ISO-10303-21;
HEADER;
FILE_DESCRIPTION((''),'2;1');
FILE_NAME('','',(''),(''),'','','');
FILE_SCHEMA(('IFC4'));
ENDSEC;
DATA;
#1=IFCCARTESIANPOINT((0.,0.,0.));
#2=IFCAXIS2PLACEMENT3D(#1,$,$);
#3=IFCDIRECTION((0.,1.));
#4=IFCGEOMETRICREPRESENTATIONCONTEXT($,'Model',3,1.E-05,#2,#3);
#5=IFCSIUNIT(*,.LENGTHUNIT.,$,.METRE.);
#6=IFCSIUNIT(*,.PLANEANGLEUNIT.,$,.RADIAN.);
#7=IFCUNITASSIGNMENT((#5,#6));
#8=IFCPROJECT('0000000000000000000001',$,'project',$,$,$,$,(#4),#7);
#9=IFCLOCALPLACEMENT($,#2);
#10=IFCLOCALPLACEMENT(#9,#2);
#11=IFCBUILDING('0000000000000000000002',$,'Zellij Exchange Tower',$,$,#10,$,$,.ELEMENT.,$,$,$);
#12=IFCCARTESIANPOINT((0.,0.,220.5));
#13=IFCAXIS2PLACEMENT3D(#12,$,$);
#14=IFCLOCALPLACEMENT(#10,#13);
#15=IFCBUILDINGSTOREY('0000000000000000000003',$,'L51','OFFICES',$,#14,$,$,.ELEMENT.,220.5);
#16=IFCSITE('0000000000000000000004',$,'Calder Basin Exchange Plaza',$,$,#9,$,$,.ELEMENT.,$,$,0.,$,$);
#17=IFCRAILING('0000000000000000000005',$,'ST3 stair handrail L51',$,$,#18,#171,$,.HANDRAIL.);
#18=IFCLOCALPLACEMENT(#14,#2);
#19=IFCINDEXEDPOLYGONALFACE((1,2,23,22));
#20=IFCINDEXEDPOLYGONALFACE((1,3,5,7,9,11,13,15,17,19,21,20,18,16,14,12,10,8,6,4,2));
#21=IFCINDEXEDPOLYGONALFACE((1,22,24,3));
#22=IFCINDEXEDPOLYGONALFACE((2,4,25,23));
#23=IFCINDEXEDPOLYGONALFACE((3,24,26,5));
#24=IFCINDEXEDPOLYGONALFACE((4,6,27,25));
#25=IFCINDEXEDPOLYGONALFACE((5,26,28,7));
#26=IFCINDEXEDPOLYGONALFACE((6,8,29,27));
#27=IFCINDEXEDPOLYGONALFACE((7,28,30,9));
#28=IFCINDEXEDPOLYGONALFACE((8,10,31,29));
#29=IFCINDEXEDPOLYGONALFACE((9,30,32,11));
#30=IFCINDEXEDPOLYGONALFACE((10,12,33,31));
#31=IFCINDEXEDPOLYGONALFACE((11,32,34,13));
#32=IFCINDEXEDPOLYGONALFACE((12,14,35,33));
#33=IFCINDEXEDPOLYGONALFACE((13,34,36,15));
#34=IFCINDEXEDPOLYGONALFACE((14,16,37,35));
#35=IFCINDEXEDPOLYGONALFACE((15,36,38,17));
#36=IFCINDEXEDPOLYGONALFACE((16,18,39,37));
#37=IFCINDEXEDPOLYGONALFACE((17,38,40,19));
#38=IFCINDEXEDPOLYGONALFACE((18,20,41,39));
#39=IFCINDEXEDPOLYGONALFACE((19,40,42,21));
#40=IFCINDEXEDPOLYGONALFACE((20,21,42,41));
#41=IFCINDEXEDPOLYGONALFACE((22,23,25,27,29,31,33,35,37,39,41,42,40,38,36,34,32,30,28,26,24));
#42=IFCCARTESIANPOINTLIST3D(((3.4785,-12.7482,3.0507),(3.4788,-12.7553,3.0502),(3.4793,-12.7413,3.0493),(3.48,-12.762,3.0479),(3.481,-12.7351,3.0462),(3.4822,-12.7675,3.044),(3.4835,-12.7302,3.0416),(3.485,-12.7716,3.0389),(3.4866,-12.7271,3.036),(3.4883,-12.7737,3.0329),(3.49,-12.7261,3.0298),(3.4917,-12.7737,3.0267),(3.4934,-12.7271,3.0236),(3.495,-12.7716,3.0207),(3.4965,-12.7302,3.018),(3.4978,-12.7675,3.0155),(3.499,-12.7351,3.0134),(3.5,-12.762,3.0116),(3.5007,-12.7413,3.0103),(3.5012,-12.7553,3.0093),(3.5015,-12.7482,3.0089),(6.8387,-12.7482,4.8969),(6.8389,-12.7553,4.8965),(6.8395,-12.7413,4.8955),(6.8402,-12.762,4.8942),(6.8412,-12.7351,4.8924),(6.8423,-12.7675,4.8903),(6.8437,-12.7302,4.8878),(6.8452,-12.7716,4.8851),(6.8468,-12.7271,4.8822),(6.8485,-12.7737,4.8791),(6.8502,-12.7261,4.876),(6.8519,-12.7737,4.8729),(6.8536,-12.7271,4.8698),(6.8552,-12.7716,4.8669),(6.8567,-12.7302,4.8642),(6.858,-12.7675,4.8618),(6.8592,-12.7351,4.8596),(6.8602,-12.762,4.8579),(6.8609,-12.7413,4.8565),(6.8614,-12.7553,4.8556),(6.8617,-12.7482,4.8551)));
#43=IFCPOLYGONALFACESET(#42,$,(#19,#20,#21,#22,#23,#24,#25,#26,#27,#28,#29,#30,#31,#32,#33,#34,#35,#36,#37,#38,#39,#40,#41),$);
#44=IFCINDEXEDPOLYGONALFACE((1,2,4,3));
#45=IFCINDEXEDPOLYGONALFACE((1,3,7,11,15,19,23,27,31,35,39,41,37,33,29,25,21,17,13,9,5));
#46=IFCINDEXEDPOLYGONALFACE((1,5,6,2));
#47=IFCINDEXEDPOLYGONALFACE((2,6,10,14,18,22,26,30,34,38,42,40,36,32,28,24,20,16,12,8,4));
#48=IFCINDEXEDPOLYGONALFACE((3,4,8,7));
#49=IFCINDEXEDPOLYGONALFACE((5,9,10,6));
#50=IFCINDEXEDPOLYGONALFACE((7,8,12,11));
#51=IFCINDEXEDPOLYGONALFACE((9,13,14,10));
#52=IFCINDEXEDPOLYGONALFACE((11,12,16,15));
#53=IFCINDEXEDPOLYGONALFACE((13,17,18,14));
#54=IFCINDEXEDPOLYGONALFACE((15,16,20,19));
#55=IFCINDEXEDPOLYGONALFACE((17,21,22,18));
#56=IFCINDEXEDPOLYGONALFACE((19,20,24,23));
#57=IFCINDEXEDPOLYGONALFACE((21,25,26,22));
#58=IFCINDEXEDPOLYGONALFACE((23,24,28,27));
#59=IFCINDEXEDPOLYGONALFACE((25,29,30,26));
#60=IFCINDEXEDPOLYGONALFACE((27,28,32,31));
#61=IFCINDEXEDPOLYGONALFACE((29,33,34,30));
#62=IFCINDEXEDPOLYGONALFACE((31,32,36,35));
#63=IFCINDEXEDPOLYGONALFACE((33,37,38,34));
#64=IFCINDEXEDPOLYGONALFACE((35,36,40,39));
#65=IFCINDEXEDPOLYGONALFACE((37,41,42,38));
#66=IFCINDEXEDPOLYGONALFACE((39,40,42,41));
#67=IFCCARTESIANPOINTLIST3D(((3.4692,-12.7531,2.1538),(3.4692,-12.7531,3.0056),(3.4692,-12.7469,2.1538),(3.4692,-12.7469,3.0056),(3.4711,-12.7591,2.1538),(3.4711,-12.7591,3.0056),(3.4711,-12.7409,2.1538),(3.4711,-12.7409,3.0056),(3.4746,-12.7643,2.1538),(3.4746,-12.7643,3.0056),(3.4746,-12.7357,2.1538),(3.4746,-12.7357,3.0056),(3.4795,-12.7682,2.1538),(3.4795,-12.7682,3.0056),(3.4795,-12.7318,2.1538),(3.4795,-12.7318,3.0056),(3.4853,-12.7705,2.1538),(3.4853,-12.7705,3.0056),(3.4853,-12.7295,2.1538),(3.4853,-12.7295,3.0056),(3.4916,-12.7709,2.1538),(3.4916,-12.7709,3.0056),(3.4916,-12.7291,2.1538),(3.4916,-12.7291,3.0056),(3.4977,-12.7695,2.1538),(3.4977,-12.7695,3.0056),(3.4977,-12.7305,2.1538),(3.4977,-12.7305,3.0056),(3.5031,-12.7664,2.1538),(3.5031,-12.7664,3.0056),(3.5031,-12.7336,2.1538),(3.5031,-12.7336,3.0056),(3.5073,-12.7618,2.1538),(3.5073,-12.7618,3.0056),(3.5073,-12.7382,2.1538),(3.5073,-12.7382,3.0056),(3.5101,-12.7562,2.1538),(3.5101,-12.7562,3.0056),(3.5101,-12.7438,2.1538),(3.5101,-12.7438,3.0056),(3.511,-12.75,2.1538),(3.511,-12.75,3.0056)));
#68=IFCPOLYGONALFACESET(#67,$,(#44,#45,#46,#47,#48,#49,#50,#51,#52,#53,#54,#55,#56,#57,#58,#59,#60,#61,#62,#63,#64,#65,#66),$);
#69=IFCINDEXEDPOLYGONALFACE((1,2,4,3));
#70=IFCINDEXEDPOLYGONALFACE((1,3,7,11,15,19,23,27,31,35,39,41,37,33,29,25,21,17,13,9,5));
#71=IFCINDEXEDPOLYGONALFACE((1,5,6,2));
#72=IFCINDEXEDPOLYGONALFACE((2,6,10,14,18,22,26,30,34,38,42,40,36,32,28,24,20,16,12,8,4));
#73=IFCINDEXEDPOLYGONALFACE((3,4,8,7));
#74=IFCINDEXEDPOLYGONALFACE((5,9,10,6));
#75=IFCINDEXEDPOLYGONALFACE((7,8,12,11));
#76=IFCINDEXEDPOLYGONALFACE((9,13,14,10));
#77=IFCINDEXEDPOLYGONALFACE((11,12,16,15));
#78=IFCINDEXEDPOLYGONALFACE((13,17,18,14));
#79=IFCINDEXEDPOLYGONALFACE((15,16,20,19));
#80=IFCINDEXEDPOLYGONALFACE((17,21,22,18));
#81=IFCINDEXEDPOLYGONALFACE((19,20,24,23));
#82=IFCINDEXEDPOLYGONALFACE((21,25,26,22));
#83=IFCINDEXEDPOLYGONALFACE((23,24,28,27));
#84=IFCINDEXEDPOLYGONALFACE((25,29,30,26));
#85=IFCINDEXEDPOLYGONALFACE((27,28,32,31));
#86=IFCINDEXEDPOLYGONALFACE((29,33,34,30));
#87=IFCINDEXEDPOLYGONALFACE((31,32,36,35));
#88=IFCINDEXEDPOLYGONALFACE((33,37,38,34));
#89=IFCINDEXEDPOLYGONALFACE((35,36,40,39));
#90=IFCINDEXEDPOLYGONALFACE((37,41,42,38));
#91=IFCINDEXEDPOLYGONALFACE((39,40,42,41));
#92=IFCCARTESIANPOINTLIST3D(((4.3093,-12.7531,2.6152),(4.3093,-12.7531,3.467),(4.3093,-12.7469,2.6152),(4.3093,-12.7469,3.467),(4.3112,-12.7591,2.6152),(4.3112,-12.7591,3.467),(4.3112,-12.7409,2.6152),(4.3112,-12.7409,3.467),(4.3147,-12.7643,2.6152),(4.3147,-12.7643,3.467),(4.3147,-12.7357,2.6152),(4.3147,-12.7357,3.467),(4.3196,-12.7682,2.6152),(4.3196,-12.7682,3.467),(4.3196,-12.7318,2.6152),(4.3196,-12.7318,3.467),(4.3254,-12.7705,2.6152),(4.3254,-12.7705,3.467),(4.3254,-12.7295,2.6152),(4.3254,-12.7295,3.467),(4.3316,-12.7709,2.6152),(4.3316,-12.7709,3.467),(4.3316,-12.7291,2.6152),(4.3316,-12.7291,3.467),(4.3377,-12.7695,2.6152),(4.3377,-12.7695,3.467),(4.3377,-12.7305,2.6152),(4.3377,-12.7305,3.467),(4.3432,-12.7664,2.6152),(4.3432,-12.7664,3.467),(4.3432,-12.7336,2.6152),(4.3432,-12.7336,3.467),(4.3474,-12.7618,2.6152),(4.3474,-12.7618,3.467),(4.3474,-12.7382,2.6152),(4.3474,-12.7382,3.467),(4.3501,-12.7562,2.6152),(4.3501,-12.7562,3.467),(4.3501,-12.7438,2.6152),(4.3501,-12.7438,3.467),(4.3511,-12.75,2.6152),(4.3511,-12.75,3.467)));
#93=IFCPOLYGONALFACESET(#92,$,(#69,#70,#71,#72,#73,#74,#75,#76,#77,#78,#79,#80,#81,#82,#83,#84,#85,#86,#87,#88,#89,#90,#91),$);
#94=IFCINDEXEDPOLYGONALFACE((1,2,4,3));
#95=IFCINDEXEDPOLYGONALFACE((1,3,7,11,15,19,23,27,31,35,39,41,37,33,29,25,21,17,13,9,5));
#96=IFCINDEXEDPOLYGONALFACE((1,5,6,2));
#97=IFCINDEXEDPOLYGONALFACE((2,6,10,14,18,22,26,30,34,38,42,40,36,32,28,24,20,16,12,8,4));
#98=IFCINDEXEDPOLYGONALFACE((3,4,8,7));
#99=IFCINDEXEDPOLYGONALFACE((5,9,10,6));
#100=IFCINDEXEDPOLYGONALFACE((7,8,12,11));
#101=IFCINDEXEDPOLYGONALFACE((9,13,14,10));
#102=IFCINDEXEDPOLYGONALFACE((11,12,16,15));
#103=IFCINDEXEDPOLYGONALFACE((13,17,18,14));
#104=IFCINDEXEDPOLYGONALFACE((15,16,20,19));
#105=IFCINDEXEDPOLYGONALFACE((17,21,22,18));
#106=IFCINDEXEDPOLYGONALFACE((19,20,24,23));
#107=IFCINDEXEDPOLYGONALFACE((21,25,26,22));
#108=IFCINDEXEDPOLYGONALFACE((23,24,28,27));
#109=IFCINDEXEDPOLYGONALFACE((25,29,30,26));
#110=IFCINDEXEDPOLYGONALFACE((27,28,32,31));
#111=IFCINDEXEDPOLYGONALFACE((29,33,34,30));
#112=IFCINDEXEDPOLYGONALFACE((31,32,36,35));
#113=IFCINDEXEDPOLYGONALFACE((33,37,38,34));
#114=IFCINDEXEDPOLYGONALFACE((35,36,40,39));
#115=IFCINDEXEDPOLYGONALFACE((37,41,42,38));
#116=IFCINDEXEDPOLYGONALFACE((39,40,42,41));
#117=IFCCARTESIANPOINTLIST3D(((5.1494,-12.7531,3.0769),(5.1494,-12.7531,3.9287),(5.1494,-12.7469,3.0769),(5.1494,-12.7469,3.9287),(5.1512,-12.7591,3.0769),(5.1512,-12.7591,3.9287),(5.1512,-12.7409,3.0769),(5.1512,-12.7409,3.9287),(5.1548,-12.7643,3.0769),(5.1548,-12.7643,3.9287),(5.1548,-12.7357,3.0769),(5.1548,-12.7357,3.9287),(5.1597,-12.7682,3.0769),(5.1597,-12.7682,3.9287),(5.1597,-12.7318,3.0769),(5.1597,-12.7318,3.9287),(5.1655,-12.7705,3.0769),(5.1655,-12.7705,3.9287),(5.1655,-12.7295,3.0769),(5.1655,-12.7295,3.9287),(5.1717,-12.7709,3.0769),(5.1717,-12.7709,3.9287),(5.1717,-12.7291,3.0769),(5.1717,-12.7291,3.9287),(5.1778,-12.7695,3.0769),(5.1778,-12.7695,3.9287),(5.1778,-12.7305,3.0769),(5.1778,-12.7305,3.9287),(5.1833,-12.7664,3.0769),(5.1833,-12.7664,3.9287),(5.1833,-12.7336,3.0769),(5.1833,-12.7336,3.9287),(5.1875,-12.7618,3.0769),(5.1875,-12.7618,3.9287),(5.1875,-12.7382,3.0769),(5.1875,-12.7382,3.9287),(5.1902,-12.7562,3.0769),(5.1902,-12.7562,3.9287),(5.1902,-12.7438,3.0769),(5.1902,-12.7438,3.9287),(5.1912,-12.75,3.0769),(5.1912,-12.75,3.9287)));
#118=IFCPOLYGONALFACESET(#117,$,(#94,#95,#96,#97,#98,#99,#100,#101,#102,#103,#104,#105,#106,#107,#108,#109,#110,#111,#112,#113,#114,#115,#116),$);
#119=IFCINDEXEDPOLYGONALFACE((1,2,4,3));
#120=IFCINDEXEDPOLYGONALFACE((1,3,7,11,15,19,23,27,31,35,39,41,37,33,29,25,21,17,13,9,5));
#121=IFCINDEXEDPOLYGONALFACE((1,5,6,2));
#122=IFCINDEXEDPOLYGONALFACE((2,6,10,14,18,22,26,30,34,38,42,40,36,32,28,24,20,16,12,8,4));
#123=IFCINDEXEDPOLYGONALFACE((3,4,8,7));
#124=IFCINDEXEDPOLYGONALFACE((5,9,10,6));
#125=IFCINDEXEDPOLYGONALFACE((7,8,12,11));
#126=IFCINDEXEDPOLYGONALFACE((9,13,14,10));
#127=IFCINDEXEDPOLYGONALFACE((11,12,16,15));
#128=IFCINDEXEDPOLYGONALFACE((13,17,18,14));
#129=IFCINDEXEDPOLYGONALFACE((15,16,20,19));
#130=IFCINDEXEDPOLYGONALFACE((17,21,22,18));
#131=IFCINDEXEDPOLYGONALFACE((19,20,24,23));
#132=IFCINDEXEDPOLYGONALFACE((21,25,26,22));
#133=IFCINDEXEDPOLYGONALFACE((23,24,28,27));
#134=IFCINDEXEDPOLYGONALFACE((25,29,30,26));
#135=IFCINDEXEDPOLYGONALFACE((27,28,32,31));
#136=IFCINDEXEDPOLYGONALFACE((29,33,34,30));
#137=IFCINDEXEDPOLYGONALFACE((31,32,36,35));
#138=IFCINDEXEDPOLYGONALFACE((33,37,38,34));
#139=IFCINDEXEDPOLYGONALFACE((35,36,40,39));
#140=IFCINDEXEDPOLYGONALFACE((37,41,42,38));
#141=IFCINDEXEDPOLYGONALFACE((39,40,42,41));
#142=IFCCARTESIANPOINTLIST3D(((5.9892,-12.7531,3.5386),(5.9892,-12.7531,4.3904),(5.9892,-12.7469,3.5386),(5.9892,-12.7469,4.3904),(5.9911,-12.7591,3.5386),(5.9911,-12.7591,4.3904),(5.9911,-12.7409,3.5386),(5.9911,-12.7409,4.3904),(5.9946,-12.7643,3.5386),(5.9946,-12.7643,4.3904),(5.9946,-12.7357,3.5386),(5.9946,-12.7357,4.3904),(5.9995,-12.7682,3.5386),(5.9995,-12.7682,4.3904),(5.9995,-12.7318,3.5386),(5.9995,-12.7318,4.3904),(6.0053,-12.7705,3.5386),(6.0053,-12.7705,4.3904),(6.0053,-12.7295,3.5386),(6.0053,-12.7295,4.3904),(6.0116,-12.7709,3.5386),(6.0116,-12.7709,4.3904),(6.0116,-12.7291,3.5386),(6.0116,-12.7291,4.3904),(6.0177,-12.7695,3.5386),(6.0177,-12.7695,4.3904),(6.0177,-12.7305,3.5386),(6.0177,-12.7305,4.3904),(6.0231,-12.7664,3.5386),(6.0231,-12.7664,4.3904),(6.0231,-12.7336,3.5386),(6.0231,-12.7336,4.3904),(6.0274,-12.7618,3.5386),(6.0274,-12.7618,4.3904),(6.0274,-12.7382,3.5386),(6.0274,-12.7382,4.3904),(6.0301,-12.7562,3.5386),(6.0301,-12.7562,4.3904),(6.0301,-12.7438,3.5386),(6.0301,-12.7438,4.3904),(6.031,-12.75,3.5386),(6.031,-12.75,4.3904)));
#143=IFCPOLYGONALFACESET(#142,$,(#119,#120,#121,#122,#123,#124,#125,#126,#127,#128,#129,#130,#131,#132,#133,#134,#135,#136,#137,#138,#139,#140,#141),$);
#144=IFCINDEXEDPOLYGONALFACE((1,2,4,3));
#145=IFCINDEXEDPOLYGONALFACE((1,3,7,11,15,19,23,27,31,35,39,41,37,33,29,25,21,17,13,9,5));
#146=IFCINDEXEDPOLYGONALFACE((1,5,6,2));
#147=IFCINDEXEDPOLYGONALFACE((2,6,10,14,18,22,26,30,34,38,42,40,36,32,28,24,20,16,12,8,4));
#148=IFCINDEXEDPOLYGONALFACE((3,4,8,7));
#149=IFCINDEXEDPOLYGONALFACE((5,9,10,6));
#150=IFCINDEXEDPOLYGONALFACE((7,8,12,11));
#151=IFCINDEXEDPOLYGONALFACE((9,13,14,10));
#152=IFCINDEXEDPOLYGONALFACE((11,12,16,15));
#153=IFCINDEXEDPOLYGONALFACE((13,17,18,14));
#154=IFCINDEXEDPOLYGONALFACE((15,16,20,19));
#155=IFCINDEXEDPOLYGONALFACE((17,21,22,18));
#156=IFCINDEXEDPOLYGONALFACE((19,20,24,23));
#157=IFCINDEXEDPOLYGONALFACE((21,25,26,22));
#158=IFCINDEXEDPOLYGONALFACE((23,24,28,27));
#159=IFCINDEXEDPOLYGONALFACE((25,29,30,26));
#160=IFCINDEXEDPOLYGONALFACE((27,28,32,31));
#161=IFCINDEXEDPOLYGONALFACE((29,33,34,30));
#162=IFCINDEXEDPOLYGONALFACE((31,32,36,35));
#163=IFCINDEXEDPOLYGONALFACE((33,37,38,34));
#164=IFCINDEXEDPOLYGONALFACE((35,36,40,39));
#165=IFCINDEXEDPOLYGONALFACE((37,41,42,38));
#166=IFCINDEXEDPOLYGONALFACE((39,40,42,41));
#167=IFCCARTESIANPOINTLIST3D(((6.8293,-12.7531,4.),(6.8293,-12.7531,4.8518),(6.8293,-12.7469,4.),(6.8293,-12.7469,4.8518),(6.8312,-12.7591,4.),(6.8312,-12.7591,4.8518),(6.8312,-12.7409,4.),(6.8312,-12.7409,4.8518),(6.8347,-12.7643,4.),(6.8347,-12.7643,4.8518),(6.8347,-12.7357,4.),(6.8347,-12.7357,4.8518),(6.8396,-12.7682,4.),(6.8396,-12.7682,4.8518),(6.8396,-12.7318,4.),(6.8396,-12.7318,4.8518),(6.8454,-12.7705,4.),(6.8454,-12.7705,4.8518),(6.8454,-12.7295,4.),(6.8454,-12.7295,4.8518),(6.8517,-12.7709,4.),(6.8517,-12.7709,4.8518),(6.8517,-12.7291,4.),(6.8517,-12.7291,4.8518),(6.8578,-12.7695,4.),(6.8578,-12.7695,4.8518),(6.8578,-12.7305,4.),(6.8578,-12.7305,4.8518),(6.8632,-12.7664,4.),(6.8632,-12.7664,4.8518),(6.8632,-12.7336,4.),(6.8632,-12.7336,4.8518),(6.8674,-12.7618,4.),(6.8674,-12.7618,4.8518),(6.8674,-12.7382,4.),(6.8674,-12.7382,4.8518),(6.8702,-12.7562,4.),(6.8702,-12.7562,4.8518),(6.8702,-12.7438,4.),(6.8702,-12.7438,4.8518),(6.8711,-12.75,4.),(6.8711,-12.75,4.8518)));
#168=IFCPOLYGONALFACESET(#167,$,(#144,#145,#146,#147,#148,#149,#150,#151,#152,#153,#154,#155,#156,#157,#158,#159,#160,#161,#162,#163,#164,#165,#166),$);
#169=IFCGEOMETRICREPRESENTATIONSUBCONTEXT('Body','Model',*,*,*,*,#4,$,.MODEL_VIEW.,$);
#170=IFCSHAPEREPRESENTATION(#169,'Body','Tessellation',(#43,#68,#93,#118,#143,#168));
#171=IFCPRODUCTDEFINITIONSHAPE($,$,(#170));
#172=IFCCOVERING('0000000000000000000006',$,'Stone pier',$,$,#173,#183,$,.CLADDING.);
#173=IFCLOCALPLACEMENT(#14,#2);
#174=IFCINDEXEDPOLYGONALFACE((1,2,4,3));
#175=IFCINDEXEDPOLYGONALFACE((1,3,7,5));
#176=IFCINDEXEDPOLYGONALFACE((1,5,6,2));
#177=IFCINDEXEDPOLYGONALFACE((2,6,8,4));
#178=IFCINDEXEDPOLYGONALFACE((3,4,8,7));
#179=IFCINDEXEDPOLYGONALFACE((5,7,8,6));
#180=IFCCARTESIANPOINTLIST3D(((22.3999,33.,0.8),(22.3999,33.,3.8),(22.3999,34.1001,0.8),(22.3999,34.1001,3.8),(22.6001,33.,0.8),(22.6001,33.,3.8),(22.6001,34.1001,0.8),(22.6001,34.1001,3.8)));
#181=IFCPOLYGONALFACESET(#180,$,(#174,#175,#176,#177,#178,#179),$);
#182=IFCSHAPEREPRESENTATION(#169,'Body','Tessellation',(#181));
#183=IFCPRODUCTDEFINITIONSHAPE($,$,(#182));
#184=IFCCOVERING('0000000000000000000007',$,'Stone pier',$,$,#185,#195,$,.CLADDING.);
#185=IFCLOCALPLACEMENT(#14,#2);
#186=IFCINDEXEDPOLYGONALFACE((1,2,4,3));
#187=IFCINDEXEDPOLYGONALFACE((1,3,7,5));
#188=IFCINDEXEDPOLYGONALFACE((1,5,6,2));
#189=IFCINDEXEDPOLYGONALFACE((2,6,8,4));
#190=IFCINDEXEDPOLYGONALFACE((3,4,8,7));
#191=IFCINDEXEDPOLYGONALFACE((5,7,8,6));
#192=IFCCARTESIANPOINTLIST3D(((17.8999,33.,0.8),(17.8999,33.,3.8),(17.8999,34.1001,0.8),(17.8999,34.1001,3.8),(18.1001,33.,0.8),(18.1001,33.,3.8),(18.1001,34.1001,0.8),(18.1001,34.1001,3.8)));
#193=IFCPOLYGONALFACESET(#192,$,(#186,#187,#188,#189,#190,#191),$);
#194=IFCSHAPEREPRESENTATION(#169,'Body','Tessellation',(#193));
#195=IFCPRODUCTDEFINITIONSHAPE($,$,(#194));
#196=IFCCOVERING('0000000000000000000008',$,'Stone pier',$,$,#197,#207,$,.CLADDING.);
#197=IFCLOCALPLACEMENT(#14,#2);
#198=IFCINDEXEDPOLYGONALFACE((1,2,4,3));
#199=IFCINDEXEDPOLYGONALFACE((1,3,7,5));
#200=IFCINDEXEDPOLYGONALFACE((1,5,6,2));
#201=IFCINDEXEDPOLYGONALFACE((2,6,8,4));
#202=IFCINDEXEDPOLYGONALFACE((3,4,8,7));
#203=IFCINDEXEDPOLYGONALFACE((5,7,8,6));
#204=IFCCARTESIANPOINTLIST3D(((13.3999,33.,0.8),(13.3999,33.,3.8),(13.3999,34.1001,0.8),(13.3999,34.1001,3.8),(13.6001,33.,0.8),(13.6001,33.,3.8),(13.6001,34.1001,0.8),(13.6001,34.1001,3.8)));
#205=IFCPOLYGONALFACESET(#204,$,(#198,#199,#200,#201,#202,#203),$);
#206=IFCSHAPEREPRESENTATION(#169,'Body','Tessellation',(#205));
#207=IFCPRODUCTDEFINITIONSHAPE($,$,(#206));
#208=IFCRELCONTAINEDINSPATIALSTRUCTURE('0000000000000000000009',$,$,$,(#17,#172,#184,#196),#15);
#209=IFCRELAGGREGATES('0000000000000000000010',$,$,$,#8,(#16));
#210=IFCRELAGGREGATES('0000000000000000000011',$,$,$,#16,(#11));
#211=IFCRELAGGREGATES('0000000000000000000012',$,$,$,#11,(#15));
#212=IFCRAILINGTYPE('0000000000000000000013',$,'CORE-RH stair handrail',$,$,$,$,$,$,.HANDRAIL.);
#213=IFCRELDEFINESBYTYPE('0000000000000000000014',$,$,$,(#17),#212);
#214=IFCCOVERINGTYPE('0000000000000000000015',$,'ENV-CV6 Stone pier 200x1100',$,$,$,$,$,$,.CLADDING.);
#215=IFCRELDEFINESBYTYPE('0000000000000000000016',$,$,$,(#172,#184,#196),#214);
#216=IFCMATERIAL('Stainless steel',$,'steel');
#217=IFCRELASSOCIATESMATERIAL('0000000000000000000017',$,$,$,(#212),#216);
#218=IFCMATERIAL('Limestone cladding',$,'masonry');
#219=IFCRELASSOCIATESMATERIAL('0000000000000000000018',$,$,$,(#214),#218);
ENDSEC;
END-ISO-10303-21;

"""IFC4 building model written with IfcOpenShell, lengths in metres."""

from ifc_helpers import new_model, si_unit, direction, frame, origin, origin_2d, place, context, subcontext, project, spatial, polyline, circle, outline, extrude, material, type_object, element, save


model = new_model("IFC4")

# Units and contexts
model_context = context("Model", 3, precision=1e-05, world=origin(), true_north=direction((0.0, 1.0)))
body_context = subcontext(model_context, "Body", "Model", "MODEL_VIEW")
ifc_project = project(units=[si_unit("LENGTHUNIT", "METRE"), si_unit("PLANEANGLEUNIT", "RADIAN")], contexts=[model_context])

# Site, building, storey
site_placement = place(None, origin())
site = spatial("IfcSite", under=ifc_project, at=site_placement, Name="Calder Basin Exchange Plaza", CompositionType="ELEMENT", RefElevation=0.0)
building_placement = place(site_placement, origin())
building = spatial("IfcBuilding", under=site, at=building_placement, Name="Zellij Exchange Tower", CompositionType="ELEMENT")
storey_placement = place(building_placement, frame((0.0, 0.0, 220.5)))
storey = spatial("IfcBuildingStorey", under=building, at=storey_placement, Name="L51", Description="OFFICES", CompositionType="ELEMENT", Elevation=220.5)

# Railing
ifc_material_1 = material(Name="Stainless steel", Category="steel")
railing_type = type_object("IfcRailingType", Name="CORE-RH stair handrail", PredefinedType="HANDRAIL", material=ifc_material_1)
railing_1_placement = place(storey_placement, frame((3.49, -12.75, 2.1538)))
element("IfcRailing", 1, at=railing_1_placement, inside=storey, type_object=railing_type, Name="ST3 stair handrail L51", PredefinedType="HANDRAIL", context=body_context, shape_type="SweptSolid", body=[
    extrude(circle(Radius=0.0239, at=origin_2d()), frame((0.0, 0.0, 0.876), z_axis=(0.876422, 0.0, 0.481545), x_axis=(0.0, 1.0, 0.0)), (0.0, 0.0, 1.0), 3.834),
    extrude(circle(Radius=0.021, at=origin_2d()), origin(), (0.0, 0.0, 1.0), 0.8518),
    extrude(circle(Radius=0.021, at=origin_2d()), frame((0.8401, 0.0, 0.4614)), (0.0, 0.0, 1.0), 0.8518),
    extrude(circle(Radius=0.021, at=origin_2d()), frame((1.6802, 0.0, 0.9231)), (0.0, 0.0, 1.0), 0.8518),
    extrude(circle(Radius=0.021, at=origin_2d()), frame((2.52, 0.0, 1.3848)), (0.0, 0.0, 1.0), 0.8518),
    extrude(circle(Radius=0.021, at=origin_2d()), frame((3.3601, 0.0, 1.8462)), (0.0, 0.0, 1.0), 0.8518),
])

# Coverings
ifc_material_2 = material(Name="Limestone cladding", Category="masonry")
covering_type = type_object("IfcCoveringType", Name="ENV-CV6 Stone pier 200x1100", PredefinedType="CLADDING", material=ifc_material_2)
covering_1_placement = place(storey_placement, frame((0.0, 0.0, 0.8)))
element("IfcCovering", 2, at=covering_1_placement, inside=storey, type_object=covering_type, Name="Stone pier", PredefinedType="CLADDING", context=body_context, shape_type="SweptSolid", body=[
    extrude(outline(polyline([(22.6001, 33.0), (22.3999, 33.0), (22.3999, 34.1001), (22.6001, 34.1001), (22.6001, 33.0)])), origin(), (0.0, 0.0, 1.0), 3.0),
])
covering_2_placement = place(storey_placement, frame((0.0, 0.0, 0.8)))
element("IfcCovering", 3, at=covering_2_placement, inside=storey, type_object=covering_type, Name="Stone pier", PredefinedType="CLADDING", context=body_context, shape_type="SweptSolid", body=[
    extrude(outline(polyline([(18.1001, 33.0), (17.8999, 33.0), (17.8999, 34.1001), (18.1001, 34.1001), (18.1001, 33.0)])), origin(), (0.0, 0.0, 1.0), 3.0),
])
covering_3_placement = place(storey_placement, frame((0.0, 0.0, 0.8)))
element("IfcCovering", 4, at=covering_3_placement, inside=storey, type_object=covering_type, Name="Stone pier", PredefinedType="CLADDING", context=body_context, shape_type="SweptSolid", body=[
    extrude(outline(polyline([(13.6001, 33.0), (13.3999, 33.0), (13.3999, 34.1001), (13.6001, 34.1001), (13.6001, 33.0)])), origin(), (0.0, 0.0, 1.0), 3.0),
])

save(model, "model.ifc")
